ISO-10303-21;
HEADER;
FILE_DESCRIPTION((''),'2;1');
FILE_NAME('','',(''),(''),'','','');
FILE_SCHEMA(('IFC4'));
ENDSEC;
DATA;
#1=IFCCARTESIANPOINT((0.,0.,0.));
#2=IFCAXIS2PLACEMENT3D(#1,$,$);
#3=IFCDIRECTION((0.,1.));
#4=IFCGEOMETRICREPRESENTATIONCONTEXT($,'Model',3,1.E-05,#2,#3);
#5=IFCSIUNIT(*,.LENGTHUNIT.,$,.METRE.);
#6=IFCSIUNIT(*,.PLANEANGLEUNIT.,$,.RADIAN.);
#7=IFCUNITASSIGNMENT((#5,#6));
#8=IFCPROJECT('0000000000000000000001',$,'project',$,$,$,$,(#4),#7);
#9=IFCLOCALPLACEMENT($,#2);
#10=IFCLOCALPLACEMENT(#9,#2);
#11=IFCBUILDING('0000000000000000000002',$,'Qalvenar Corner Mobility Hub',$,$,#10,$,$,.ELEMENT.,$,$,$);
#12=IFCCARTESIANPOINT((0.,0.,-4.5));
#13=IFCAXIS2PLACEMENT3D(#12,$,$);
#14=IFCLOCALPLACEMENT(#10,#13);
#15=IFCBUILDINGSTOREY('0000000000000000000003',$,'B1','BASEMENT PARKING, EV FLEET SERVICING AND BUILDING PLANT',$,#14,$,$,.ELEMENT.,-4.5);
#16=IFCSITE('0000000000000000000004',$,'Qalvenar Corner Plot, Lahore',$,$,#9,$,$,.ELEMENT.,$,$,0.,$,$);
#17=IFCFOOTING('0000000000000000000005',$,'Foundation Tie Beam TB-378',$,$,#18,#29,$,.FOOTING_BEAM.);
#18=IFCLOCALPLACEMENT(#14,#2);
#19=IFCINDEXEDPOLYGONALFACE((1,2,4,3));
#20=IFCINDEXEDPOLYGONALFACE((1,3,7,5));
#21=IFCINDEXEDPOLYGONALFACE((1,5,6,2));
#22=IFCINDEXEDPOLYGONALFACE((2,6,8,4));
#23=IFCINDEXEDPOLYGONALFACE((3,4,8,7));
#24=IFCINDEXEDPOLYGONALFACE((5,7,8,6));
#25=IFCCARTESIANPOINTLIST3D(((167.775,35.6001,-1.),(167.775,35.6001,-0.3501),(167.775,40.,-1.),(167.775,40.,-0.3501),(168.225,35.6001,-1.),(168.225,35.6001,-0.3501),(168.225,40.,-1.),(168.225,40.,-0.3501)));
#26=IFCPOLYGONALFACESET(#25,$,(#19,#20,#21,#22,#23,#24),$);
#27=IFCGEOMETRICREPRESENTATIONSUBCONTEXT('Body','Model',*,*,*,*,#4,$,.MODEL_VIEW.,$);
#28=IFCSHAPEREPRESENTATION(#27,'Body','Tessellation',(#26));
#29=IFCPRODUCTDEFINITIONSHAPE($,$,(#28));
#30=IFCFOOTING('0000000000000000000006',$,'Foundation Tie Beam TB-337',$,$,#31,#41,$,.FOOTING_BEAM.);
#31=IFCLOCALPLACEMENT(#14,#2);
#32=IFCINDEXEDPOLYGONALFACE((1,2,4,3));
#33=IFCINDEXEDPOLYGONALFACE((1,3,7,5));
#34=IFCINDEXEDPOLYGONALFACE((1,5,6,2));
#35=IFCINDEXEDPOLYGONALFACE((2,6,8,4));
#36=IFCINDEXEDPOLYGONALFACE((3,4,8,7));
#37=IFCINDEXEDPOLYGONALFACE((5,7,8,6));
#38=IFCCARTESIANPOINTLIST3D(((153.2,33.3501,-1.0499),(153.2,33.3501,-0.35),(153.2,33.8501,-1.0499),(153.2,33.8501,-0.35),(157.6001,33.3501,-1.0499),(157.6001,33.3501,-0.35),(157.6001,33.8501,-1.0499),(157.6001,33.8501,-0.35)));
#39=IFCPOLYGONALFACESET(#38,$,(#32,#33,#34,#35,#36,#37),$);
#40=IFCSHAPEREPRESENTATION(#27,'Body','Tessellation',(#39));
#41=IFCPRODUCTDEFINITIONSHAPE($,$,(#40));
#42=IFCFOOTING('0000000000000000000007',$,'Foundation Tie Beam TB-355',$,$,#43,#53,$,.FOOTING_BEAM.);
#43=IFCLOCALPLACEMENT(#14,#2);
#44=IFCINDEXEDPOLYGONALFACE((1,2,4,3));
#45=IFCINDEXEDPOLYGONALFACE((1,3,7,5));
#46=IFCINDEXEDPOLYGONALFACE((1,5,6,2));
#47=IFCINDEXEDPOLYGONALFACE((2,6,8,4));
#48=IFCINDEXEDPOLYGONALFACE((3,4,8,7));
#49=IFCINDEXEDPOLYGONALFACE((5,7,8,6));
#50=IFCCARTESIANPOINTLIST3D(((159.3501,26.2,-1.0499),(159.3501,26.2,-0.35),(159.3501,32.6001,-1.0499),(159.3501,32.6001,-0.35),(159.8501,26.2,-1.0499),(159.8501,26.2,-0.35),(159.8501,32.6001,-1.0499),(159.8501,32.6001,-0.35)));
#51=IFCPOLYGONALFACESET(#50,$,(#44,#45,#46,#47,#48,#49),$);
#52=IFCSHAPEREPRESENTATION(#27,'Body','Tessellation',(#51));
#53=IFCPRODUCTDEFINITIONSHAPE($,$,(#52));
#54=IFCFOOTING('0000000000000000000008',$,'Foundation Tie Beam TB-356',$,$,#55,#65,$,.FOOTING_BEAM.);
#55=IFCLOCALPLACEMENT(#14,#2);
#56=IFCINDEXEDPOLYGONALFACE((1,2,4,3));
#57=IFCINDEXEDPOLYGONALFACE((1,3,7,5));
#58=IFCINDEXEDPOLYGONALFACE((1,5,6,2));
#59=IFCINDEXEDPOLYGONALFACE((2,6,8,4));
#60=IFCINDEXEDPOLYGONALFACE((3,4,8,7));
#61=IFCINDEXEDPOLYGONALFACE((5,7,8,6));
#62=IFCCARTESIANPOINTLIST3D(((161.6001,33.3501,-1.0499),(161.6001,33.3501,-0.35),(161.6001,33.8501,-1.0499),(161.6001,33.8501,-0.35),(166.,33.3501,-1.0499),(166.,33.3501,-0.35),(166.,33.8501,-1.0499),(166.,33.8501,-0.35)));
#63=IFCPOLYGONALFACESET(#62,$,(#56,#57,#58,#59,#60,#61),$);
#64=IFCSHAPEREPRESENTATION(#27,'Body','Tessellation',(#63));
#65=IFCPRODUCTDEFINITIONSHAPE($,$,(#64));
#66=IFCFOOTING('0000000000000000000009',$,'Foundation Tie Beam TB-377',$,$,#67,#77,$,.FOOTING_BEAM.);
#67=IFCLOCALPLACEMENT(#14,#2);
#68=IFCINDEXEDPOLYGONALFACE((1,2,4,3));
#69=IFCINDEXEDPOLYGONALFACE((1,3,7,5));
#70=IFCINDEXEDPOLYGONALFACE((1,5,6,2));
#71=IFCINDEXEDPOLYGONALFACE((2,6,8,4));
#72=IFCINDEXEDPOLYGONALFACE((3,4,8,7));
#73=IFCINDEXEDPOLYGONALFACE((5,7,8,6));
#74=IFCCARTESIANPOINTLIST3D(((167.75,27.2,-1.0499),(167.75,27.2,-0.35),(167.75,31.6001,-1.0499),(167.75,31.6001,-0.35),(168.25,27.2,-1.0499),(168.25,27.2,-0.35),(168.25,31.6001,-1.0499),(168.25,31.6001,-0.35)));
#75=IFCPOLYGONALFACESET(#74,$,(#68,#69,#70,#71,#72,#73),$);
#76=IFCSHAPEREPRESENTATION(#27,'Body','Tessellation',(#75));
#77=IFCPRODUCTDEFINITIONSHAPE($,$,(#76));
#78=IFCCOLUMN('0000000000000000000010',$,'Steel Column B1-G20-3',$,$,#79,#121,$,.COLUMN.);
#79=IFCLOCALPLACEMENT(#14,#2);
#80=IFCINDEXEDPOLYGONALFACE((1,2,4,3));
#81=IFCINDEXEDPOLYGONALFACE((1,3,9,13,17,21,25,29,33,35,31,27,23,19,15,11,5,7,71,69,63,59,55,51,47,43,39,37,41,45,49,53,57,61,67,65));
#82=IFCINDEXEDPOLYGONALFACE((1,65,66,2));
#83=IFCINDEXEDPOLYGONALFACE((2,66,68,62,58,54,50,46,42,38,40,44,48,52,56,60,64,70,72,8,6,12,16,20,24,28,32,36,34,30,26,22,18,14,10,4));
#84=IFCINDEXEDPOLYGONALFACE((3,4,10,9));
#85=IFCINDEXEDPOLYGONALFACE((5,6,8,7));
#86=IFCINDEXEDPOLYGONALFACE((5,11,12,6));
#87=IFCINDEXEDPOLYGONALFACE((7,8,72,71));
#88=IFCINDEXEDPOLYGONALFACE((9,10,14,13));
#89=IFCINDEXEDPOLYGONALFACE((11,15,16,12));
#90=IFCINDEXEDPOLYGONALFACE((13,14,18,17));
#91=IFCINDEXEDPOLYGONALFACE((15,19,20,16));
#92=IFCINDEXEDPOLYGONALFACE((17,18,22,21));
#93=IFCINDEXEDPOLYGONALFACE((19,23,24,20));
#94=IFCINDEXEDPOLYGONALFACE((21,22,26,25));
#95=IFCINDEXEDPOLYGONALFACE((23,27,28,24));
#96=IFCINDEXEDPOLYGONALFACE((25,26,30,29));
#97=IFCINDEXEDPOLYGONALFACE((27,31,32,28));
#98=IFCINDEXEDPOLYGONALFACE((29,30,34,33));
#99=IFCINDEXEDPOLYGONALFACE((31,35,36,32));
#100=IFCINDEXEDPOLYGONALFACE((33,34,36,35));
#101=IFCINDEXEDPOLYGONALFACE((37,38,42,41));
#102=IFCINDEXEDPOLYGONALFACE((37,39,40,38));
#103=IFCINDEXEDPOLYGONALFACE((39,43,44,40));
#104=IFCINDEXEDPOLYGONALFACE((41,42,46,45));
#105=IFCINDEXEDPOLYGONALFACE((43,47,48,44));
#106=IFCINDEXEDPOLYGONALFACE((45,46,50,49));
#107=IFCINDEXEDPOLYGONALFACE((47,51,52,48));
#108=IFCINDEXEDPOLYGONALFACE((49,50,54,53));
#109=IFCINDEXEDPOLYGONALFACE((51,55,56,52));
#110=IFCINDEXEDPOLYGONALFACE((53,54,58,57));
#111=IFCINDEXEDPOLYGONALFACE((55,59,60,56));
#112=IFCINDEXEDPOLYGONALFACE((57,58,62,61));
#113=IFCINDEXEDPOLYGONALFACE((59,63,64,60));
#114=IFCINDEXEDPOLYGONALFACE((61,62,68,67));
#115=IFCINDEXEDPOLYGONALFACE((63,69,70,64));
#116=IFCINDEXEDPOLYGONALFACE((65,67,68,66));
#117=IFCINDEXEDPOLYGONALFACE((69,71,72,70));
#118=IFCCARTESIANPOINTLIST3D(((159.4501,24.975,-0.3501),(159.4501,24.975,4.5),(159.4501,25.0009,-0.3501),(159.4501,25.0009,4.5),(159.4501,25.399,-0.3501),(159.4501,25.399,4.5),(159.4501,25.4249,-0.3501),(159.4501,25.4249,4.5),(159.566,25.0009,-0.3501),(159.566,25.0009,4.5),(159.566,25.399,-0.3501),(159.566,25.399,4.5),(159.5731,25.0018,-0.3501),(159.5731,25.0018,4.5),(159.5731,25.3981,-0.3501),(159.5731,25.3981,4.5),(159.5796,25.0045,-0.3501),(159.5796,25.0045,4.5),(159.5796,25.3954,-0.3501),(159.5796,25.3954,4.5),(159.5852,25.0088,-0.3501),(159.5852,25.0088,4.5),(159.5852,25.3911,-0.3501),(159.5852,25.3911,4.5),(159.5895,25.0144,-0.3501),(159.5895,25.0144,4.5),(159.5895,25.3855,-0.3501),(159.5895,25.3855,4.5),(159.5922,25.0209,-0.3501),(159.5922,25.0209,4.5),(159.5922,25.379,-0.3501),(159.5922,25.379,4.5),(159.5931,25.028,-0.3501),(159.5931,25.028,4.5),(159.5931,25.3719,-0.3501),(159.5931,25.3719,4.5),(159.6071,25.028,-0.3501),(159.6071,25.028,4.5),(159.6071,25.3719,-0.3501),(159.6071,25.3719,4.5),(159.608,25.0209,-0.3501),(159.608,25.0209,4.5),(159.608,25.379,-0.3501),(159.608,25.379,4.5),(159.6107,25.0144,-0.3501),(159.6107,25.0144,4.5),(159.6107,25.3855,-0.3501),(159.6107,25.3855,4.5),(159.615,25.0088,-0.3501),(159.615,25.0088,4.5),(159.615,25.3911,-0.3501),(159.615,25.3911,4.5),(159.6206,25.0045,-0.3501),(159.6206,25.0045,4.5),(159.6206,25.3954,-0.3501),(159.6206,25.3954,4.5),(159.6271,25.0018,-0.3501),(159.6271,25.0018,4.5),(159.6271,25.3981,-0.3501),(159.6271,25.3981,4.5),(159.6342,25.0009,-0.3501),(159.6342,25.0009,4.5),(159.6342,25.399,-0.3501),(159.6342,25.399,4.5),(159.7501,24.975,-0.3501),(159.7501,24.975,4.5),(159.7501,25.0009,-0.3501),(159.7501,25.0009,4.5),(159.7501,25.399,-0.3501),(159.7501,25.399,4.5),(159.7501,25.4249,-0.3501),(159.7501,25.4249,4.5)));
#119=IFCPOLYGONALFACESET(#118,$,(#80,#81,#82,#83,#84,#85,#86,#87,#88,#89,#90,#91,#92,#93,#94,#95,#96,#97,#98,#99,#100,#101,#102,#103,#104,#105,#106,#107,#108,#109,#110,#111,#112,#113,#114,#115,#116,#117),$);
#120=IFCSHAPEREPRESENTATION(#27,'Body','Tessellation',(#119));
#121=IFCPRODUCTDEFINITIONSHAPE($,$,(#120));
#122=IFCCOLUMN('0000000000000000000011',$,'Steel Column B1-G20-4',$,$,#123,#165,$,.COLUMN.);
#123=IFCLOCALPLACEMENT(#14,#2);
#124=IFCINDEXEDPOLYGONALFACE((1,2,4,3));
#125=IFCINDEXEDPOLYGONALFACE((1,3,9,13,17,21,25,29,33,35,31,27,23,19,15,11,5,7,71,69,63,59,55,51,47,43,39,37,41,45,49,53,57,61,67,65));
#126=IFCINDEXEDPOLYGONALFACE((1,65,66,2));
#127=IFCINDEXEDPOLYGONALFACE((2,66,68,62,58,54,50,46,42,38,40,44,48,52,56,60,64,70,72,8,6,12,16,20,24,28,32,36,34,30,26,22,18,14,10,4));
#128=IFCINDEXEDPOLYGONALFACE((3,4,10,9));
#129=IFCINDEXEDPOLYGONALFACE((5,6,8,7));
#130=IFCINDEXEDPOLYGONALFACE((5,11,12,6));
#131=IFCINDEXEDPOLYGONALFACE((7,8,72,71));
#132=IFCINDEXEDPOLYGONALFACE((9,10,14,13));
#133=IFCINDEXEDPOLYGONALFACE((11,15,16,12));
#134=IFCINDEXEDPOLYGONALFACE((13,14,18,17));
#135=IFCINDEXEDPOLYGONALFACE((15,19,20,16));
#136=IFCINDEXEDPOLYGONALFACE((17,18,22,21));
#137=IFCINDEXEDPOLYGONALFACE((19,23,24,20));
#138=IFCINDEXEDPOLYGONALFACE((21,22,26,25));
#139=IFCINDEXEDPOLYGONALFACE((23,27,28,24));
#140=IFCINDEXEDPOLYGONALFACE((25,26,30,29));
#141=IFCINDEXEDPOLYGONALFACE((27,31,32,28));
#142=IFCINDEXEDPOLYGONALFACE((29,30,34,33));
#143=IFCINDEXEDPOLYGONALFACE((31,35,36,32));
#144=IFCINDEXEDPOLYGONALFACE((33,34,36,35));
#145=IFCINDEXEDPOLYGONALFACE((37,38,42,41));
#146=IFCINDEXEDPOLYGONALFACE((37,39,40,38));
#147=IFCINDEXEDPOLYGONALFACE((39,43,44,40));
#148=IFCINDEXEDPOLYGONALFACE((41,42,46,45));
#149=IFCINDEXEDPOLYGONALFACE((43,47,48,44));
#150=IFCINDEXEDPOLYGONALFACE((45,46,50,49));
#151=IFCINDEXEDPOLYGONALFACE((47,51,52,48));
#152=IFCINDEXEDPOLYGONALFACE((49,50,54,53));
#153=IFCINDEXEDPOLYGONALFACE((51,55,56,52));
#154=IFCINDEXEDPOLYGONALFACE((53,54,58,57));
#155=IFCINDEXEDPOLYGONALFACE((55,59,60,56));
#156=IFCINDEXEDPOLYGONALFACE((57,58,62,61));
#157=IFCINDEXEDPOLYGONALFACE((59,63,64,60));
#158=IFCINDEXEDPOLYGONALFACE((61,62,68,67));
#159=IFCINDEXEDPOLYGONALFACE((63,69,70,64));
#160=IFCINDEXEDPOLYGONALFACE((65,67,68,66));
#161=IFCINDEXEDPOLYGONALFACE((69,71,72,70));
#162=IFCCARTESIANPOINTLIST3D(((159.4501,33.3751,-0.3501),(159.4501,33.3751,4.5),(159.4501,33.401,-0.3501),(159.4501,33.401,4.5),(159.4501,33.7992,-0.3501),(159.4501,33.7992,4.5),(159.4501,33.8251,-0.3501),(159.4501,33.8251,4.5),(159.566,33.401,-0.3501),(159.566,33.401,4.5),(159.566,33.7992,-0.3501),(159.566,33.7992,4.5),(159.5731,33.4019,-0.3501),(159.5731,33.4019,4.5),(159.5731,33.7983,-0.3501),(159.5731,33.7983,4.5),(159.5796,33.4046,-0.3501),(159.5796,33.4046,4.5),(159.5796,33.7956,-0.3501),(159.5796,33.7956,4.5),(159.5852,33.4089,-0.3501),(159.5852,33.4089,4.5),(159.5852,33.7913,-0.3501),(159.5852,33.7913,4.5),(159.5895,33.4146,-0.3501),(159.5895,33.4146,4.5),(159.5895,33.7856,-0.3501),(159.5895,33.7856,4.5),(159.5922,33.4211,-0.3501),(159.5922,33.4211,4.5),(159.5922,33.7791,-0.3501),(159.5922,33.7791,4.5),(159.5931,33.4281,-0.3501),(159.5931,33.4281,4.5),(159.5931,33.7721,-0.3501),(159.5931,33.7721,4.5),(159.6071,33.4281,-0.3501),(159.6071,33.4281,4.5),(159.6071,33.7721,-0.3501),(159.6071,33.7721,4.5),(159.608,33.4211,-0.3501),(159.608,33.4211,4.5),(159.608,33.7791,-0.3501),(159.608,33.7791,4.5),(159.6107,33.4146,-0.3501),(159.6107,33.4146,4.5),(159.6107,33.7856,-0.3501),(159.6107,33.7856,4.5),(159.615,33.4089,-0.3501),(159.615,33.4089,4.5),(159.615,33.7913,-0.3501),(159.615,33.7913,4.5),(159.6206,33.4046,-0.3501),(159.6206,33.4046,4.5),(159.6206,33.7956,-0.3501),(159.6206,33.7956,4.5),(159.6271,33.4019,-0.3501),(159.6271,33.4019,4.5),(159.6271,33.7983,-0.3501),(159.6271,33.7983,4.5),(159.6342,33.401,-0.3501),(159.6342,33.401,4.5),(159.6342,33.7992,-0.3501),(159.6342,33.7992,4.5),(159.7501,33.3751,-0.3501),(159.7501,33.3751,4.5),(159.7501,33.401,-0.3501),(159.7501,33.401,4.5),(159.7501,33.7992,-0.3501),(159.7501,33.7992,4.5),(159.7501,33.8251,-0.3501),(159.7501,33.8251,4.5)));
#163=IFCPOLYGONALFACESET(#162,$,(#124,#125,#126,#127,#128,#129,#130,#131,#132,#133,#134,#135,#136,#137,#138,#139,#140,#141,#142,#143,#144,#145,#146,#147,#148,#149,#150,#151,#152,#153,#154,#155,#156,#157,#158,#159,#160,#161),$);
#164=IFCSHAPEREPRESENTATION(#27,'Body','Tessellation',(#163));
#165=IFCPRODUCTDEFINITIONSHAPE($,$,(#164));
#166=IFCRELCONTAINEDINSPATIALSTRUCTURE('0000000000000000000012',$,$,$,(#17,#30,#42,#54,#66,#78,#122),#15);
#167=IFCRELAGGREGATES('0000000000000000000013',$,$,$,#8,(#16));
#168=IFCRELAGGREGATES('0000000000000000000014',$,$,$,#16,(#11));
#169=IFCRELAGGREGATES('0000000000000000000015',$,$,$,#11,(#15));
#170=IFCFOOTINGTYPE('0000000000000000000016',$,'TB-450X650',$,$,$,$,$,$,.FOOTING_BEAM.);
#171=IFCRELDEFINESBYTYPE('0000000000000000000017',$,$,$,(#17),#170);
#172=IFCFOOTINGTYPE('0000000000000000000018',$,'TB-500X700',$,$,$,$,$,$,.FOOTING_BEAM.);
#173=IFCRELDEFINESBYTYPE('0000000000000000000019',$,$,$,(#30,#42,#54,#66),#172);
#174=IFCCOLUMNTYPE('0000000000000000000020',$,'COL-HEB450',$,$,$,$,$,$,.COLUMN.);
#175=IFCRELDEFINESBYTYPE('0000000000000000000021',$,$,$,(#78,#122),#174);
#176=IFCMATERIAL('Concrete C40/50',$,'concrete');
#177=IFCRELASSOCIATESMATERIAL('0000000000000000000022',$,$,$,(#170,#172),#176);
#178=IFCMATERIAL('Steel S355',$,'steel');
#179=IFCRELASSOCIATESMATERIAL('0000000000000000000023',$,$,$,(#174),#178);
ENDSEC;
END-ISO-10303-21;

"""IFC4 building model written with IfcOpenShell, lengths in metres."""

from ifc_helpers import new_model, si_unit, direction, frame, origin, origin_2d, place, context, subcontext, project, spatial, rectangle, i_section, extrude, material, material_profile, profile_set, type_object, element, save


model = new_model("IFC4")

# Units and contexts
model_context = context("Model", 3, precision=1e-05, world=origin(), true_north=direction((0.0, 1.0)))
body_context = subcontext(model_context, "Body", "Model", "MODEL_VIEW")
ifc_project = project(units=[si_unit("LENGTHUNIT", "METRE"), si_unit("PLANEANGLEUNIT", "RADIAN")], contexts=[model_context])

# Site, building, storey
site_placement = place(None, origin())
site = spatial("IfcSite", under=ifc_project, at=site_placement, Name="Qalvenar Corner Plot, Lahore", CompositionType="ELEMENT", RefElevation=0.0)
building_placement = place(site_placement, origin())
building = spatial("IfcBuilding", under=site, at=building_placement, Name="Qalvenar Corner Mobility Hub", CompositionType="ELEMENT")
storey_placement = place(building_placement, frame((0.0, 0.0, -4.5)))
storey = spatial("IfcBuildingStorey", under=building, at=storey_placement, Name="B1", Description="BASEMENT PARKING, EV FLEET SERVICING AND BUILDING PLANT", CompositionType="ELEMENT", Elevation=-4.5)

# Shared definitions
ifc_material_1 = material(Name="Concrete C40/50", Category="concrete")

# Footings
ifc_material_profile_1 = material_profile(ifc_material_1, rectangle(XDim=0.45, YDim=0.6499, at=origin_2d()), Name="RC450x650")
ifc_profile_set_1 = profile_set([ifc_material_profile_1], Name="Concrete C40/50")
footing_type_1 = type_object("IfcFootingType", Name="TB-450X650", PredefinedType="FOOTING_BEAM", material=ifc_profile_set_1)
footing_1_placement = place(storey_placement, frame((168.0, 35.6001, -0.675), z_axis=(0.0, 1.0, 0.0), x_axis=(-1.0, 0.0, 0.0)))
element("IfcFooting", 1, at=footing_1_placement, inside=storey, type_object=footing_type_1, Name="Foundation Tie Beam TB-378", PredefinedType="FOOTING_BEAM", context=body_context, shape_type="SweptSolid", body=[
    extrude(rectangle(XDim=0.45, YDim=0.6499, at=origin_2d()), origin(), (0.0, 0.0, 1.0), 4.3999),
])
ifc_material_profile_2 = material_profile(ifc_material_1, rectangle(XDim=0.5, YDim=0.7, at=origin_2d()), Name="RC500x700")
ifc_profile_set_2 = profile_set([ifc_material_profile_2], Name="Concrete C40/50")
footing_type_2 = type_object("IfcFootingType", Name="TB-500X700", PredefinedType="FOOTING_BEAM", material=ifc_profile_set_2)
footing_2_placement = place(storey_placement, frame((153.2, 33.6001, -0.7), z_axis=(1.0, 0.0, 0.0), x_axis=(0.0, 1.0, 0.0)))
element("IfcFooting", 2, at=footing_2_placement, inside=storey, type_object=footing_type_2, Name="Foundation Tie Beam TB-337", PredefinedType="FOOTING_BEAM", context=body_context, shape_type="SweptSolid", body=[
    extrude(rectangle(XDim=0.5, YDim=0.7, at=origin_2d()), origin(), (0.0, 0.0, 1.0), 4.4001),
])
footing_3_placement = place(storey_placement, frame((159.6001, 26.2, -0.7), z_axis=(0.0, 1.0, 0.0), x_axis=(-1.0, 0.0, 0.0)))
element("IfcFooting", 3, at=footing_3_placement, inside=storey, type_object=footing_type_2, Name="Foundation Tie Beam TB-355", PredefinedType="FOOTING_BEAM", context=body_context, shape_type="SweptSolid", body=[
    extrude(rectangle(XDim=0.5, YDim=0.7, at=origin_2d()), origin(), (0.0, 0.0, 1.0), 6.4001),
])
footing_4_placement = place(storey_placement, frame((161.6001, 33.6001, -0.7), z_axis=(1.0, 0.0, 0.0), x_axis=(0.0, 1.0, 0.0)))
element("IfcFooting", 4, at=footing_4_placement, inside=storey, type_object=footing_type_2, Name="Foundation Tie Beam TB-356", PredefinedType="FOOTING_BEAM", context=body_context, shape_type="SweptSolid", body=[
    extrude(rectangle(XDim=0.5, YDim=0.7, at=origin_2d()), origin(), (0.0, 0.0, 1.0), 4.3999),
])
footing_5_placement = place(storey_placement, frame((168.0, 27.2, -0.7), z_axis=(0.0, 1.0, 0.0), x_axis=(-1.0, 0.0, 0.0)))
element("IfcFooting", 5, at=footing_5_placement, inside=storey, type_object=footing_type_2, Name="Foundation Tie Beam TB-377", PredefinedType="FOOTING_BEAM", context=body_context, shape_type="SweptSolid", body=[
    extrude(rectangle(XDim=0.5, YDim=0.7, at=origin_2d()), origin(), (0.0, 0.0, 1.0), 4.4001),
])

# Columns
ifc_material_2 = material(Name="Steel S355", Category="steel")
ifc_material_profile_3 = material_profile(ifc_material_2, i_section(OverallWidth=0.3, OverallDepth=0.45, WebThickness=0.0139, FlangeThickness=0.0259, FilletRadius=0.0271, at=origin_2d()), Name="HEB450")
ifc_profile_set_3 = profile_set([ifc_material_profile_3], Name="Steel S355")
column_type_1 = type_object("IfcColumnType", Name="COL-HEB450", PredefinedType="COLUMN", material=ifc_profile_set_3)
for number, where, z_axis, x_axis, name in (
    (6, (159.6001, 25.2, -0.3501), (0.0, 0.0, 1.0), (1.0, 0.0, 0.0), "Steel Column B1-G20-3"),
    (7, (159.6001, 33.6001, -0.3501), (0.0, 0.0, 1.0), (1.0, 0.0, 0.0), "Steel Column B1-G20-4"),
):
    element("IfcColumn", number, at=place(storey_placement, frame(where, z_axis=z_axis, x_axis=x_axis)), inside=storey, type_object=column_type_1, Name=name, PredefinedType="COLUMN", context=body_context, shape_type="SweptSolid", body=[
        extrude(i_section(OverallWidth=0.3, OverallDepth=0.45, WebThickness=0.0139, FlangeThickness=0.0259, FilletRadius=0.0271, at=origin_2d()), origin(), (0.0, 0.0, 1.0), 4.8501),
    ])

save(model, "model.ifc")
